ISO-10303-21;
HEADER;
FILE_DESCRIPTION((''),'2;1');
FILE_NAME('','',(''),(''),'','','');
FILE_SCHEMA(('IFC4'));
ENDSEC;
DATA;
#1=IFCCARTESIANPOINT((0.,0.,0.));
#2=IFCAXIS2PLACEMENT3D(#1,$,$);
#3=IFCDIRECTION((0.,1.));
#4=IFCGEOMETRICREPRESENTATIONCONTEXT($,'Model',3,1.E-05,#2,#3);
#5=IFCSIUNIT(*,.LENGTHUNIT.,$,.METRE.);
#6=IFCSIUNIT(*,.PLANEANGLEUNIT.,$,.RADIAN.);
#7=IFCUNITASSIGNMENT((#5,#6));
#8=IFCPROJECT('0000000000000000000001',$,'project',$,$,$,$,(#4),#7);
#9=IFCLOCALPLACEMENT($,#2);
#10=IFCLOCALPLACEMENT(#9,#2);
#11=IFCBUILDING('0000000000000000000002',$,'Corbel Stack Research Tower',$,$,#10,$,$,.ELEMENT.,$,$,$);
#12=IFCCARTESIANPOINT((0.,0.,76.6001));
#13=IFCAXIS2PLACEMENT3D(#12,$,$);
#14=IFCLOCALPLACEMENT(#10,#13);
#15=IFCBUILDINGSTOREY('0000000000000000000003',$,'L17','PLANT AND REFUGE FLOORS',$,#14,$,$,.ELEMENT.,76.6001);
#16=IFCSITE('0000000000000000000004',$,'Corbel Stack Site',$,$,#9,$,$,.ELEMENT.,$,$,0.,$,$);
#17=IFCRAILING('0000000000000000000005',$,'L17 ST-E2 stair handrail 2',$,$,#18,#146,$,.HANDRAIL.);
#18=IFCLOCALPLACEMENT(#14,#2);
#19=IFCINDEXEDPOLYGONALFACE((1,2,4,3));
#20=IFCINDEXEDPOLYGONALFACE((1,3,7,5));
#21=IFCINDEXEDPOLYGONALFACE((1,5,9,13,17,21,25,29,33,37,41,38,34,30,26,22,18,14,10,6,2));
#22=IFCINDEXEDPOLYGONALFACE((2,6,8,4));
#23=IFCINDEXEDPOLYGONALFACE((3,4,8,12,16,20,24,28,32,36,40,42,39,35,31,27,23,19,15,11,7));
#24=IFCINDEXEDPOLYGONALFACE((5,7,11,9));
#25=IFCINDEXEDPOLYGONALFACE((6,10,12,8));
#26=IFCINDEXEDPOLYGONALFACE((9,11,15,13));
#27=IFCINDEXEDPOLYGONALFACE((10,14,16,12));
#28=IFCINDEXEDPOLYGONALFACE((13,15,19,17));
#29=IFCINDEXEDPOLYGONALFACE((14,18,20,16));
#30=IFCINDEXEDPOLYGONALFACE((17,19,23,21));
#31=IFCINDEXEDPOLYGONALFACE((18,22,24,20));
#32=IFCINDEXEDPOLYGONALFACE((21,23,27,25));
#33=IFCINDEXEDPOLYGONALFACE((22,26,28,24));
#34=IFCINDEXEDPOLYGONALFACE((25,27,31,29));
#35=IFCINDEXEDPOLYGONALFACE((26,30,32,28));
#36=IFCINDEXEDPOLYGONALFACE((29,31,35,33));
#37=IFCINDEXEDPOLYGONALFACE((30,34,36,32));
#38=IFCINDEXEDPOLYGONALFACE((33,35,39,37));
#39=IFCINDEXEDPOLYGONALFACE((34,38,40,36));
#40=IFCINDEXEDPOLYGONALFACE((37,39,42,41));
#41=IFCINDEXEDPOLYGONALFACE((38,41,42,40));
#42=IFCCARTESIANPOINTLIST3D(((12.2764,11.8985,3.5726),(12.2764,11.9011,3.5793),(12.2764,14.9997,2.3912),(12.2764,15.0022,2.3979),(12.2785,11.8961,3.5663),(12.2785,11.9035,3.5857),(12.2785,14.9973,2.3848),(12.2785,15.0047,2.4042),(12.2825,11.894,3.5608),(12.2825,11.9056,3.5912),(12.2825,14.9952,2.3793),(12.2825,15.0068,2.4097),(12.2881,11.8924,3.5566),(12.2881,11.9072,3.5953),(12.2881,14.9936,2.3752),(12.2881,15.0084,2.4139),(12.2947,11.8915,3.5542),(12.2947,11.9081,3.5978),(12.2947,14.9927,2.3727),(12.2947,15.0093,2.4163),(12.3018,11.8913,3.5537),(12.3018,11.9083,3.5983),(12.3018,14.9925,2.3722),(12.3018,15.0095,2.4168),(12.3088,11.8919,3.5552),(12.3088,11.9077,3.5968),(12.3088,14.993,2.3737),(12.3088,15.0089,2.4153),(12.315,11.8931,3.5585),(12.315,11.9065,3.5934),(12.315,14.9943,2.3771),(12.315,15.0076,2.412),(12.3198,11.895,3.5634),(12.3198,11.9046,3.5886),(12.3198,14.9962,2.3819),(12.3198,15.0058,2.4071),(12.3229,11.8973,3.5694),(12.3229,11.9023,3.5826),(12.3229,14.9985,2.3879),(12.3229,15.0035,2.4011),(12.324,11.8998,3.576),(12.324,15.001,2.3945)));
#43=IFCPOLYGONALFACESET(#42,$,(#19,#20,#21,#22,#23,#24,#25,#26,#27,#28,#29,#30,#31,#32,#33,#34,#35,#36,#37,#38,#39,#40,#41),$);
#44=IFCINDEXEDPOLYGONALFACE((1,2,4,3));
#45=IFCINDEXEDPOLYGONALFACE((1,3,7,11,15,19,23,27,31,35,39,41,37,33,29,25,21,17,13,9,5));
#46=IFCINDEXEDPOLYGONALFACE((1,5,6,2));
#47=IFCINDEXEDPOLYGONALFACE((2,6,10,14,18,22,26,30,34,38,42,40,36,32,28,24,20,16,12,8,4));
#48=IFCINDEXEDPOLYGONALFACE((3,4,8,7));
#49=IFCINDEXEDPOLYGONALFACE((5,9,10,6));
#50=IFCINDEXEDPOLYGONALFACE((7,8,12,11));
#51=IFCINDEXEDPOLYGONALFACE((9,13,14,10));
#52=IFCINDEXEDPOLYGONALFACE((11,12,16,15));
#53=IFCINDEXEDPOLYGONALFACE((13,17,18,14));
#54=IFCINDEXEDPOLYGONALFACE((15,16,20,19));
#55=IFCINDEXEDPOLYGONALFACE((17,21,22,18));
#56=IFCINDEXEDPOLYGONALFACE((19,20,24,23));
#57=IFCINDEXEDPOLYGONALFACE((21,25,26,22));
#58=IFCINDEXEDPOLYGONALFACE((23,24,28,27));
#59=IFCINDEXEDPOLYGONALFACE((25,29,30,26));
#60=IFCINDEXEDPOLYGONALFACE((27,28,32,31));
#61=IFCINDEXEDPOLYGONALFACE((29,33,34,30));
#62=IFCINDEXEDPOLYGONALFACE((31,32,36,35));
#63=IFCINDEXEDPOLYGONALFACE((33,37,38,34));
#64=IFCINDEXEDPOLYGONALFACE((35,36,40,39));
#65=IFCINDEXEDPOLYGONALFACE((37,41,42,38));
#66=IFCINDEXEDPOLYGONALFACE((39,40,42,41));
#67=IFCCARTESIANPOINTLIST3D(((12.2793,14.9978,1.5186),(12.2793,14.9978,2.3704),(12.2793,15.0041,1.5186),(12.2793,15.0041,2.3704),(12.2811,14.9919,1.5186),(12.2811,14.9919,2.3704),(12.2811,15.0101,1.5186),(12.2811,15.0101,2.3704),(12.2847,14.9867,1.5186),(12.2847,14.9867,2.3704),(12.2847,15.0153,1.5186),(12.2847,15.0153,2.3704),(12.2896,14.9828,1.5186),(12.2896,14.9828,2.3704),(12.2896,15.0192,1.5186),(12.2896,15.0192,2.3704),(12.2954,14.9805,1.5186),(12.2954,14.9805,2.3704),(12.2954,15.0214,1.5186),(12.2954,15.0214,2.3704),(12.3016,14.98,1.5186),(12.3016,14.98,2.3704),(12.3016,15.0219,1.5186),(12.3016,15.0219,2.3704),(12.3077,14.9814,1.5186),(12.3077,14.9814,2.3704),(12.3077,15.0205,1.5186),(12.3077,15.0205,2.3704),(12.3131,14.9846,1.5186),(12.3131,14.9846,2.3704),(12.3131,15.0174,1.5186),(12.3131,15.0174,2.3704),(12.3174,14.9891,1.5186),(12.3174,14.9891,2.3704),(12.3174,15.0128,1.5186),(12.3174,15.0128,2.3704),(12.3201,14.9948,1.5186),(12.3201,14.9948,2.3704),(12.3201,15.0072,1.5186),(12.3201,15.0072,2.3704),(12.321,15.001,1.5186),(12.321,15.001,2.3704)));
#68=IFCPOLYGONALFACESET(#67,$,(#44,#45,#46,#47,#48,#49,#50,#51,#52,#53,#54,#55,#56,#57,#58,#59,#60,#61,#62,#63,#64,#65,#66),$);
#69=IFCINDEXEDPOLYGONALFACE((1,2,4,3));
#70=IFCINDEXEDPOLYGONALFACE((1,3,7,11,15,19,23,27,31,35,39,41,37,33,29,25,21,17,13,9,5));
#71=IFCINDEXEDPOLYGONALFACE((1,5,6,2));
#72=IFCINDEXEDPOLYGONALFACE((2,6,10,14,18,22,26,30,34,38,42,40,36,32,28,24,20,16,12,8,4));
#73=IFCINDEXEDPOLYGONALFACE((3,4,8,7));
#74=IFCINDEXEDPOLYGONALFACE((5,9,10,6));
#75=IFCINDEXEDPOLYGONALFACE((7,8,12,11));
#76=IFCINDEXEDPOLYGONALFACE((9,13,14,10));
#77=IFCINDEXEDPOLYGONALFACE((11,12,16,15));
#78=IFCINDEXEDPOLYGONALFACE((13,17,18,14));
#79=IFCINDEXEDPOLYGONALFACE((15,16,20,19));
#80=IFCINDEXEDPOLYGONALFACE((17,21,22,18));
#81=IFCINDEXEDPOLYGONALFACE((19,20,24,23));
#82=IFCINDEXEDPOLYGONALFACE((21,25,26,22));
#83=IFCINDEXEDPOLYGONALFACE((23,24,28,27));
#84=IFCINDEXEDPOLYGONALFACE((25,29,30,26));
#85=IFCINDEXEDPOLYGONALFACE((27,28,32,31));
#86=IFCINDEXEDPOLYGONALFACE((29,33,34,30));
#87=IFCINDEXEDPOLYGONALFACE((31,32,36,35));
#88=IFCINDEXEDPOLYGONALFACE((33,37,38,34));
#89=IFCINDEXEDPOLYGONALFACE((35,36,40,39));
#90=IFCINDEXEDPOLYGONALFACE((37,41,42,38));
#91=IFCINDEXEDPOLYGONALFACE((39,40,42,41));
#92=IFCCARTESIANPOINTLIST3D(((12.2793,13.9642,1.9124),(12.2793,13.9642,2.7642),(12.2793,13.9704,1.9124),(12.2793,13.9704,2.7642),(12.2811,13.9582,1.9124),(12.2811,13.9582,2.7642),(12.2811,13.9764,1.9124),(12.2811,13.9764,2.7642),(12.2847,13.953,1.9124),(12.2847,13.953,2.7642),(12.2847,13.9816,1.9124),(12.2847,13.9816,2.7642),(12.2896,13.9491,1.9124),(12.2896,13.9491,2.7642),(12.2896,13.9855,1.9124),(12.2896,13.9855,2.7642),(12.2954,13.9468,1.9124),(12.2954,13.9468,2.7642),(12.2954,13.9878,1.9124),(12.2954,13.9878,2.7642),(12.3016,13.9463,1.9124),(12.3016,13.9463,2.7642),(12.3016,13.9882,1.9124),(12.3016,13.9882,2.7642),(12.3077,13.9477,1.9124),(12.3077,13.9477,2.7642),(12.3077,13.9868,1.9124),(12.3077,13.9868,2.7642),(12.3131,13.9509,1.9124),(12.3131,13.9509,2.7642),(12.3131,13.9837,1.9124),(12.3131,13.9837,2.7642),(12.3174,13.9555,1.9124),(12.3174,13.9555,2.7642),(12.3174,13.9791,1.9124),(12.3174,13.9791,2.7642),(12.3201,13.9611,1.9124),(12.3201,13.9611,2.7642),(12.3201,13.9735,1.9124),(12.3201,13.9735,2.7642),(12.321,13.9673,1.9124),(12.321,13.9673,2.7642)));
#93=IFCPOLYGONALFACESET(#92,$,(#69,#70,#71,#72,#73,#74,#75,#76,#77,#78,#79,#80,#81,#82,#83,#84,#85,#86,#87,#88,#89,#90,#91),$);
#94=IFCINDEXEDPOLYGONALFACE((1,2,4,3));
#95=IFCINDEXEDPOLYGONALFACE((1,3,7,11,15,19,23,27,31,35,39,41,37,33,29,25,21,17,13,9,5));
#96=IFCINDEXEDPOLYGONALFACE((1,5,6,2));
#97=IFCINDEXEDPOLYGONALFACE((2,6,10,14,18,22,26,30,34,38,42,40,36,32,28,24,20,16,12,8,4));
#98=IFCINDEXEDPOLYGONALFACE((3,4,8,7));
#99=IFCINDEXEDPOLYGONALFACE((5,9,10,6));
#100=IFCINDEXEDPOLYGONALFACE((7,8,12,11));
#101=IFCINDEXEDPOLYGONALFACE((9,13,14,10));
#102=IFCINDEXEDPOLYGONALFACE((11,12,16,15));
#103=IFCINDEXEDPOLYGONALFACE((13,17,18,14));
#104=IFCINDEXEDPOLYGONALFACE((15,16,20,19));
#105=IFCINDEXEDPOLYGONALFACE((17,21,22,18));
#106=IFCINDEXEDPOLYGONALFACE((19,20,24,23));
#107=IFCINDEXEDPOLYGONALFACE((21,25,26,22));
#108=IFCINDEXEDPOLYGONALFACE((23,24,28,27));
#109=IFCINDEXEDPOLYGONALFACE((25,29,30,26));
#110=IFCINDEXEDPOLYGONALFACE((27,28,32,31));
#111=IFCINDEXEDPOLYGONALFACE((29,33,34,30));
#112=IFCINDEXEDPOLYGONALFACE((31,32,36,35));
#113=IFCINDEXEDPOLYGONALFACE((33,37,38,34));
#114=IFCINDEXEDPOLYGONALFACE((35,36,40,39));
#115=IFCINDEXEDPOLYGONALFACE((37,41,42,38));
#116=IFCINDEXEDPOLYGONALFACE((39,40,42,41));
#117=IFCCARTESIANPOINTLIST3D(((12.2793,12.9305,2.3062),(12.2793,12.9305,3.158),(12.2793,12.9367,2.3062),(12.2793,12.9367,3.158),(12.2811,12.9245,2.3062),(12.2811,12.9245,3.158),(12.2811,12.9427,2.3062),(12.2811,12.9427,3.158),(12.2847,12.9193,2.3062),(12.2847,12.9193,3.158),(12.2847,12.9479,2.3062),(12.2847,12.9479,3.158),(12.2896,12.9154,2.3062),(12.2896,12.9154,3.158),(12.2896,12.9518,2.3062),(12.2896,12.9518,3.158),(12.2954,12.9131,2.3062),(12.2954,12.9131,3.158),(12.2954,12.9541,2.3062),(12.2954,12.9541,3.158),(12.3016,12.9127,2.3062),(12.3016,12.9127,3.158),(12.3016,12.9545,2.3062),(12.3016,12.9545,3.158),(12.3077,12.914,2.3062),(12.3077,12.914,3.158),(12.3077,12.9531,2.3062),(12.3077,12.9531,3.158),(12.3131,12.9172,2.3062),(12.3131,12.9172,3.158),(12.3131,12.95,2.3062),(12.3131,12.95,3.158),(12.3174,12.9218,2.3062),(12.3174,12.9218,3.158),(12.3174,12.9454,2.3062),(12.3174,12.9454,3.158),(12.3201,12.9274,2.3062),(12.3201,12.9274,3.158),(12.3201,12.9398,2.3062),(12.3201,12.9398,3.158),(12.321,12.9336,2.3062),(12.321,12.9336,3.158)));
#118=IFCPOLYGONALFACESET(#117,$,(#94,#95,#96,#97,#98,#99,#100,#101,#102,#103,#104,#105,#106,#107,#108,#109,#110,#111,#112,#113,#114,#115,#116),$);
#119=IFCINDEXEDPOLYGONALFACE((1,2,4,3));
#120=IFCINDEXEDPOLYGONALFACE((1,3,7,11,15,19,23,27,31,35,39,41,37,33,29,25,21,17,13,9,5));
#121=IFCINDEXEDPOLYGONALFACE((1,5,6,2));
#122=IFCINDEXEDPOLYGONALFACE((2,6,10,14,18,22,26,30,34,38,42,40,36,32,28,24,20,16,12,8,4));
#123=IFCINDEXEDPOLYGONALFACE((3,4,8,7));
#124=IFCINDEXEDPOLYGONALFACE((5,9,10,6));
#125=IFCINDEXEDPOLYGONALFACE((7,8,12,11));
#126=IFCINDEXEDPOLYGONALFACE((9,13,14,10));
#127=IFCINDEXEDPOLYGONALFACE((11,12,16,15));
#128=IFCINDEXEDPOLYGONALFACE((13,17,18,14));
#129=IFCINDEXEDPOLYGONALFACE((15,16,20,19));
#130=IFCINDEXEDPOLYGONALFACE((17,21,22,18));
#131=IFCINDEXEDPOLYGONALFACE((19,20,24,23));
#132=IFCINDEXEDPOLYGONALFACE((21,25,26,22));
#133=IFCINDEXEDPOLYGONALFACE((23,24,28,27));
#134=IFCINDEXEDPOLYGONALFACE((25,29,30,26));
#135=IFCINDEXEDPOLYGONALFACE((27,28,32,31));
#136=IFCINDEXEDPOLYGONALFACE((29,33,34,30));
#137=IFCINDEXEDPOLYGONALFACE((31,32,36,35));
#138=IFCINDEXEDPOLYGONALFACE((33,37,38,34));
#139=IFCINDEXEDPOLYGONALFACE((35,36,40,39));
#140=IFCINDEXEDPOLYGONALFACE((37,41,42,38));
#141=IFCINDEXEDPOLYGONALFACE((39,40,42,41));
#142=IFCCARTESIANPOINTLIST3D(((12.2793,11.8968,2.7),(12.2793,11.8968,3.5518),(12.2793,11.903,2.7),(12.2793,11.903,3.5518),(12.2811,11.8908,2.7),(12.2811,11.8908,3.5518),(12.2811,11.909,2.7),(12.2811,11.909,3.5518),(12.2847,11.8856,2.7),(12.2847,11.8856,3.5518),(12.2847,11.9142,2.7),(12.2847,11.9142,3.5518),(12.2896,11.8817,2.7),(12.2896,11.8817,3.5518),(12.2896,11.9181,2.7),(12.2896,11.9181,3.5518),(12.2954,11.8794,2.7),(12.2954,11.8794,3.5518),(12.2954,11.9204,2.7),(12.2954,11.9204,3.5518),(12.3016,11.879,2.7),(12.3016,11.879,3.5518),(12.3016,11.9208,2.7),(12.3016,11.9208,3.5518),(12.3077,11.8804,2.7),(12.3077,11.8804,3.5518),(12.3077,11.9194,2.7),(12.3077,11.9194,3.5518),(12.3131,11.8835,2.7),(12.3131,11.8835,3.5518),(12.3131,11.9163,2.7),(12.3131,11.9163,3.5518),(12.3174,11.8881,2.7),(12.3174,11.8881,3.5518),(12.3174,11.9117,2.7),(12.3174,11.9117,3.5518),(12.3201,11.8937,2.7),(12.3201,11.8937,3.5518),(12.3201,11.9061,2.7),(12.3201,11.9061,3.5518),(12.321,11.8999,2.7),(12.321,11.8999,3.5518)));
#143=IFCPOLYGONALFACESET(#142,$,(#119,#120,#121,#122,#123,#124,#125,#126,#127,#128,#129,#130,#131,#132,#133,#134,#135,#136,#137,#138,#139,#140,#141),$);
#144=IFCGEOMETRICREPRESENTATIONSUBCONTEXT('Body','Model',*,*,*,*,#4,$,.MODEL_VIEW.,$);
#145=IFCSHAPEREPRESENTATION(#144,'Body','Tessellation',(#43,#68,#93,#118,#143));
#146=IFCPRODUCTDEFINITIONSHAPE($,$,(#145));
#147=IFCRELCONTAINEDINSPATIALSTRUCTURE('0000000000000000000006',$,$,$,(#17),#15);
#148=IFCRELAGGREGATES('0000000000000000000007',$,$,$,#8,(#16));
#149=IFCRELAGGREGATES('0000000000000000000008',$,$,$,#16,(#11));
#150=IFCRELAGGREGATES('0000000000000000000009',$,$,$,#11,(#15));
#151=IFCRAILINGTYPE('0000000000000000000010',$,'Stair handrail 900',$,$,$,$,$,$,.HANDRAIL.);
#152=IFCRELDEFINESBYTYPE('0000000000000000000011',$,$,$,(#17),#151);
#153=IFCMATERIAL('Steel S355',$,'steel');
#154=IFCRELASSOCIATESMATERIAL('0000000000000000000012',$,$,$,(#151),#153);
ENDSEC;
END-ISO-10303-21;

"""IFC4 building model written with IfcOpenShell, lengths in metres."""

from ifc_helpers import new_model, si_unit, direction, frame, origin, origin_2d, place, context, subcontext, project, spatial, circle, extrude, material, type_object, element, save


model = new_model("IFC4")

# Units and contexts
model_context = context("Model", 3, precision=1e-05, world=origin(), true_north=direction((0.0, 1.0)))
body_context = subcontext(model_context, "Body", "Model", "MODEL_VIEW")
ifc_project = project(units=[si_unit("LENGTHUNIT", "METRE"), si_unit("PLANEANGLEUNIT", "RADIAN")], contexts=[model_context])

# Site, building, storey
site_placement = place(None, origin())
site = spatial("IfcSite", under=ifc_project, at=site_placement, Name="Corbel Stack Site", CompositionType="ELEMENT", RefElevation=0.0)
building_placement = place(site_placement, origin())
building = spatial("IfcBuilding", under=site, at=building_placement, Name="Corbel Stack Research Tower", CompositionType="ELEMENT")
storey_placement = place(building_placement, frame((0.0, 0.0, 76.6001)))
storey = spatial("IfcBuildingStorey", under=building, at=storey_placement, Name="L17", Description="PLANT AND REFUGE FLOORS", CompositionType="ELEMENT", Elevation=76.6001)

# Railing
ifc_material_1 = material(Name="Steel S355", Category="steel")
railing_type_1 = type_object("IfcRailingType", Name="Stair handrail 900", PredefinedType="HANDRAIL", material=ifc_material_1)
railing_1_placement = place(storey_placement, frame((12.3, 15.001, 1.5186)))
element("IfcRailing", 1, at=railing_1_placement, inside=storey, type_object=railing_type_1, Name="L17 ST-E2 stair handrail 2", PredefinedType="HANDRAIL", context=body_context, shape_type="SweptSolid", body=[
    extrude(circle(Radius=0.0239, at=origin_2d()), frame((0.0, 0.0, 0.876), z_axis=(0.0, -0.934484, 0.356005), x_axis=(1.0, 0.0, 0.0)), (0.0, 0.0, 1.0), 3.3186),
    extrude(circle(Radius=0.021, at=origin_2d()), origin(), (0.0, 0.0, 1.0), 0.8518),
    extrude(circle(Radius=0.021, at=origin_2d()), frame((0.0, -1.0337, 0.3938)), (0.0, 0.0, 1.0), 0.8518),
    extrude(circle(Radius=0.021, at=origin_2d()), frame((0.0, -2.0674, 0.7876)), (0.0, 0.0, 1.0), 0.8518),
    extrude(circle(Radius=0.021, at=origin_2d()), frame((0.0, -3.1011, 1.1814)), (0.0, 0.0, 1.0), 0.8518),
])

save(model, "model.ifc")
